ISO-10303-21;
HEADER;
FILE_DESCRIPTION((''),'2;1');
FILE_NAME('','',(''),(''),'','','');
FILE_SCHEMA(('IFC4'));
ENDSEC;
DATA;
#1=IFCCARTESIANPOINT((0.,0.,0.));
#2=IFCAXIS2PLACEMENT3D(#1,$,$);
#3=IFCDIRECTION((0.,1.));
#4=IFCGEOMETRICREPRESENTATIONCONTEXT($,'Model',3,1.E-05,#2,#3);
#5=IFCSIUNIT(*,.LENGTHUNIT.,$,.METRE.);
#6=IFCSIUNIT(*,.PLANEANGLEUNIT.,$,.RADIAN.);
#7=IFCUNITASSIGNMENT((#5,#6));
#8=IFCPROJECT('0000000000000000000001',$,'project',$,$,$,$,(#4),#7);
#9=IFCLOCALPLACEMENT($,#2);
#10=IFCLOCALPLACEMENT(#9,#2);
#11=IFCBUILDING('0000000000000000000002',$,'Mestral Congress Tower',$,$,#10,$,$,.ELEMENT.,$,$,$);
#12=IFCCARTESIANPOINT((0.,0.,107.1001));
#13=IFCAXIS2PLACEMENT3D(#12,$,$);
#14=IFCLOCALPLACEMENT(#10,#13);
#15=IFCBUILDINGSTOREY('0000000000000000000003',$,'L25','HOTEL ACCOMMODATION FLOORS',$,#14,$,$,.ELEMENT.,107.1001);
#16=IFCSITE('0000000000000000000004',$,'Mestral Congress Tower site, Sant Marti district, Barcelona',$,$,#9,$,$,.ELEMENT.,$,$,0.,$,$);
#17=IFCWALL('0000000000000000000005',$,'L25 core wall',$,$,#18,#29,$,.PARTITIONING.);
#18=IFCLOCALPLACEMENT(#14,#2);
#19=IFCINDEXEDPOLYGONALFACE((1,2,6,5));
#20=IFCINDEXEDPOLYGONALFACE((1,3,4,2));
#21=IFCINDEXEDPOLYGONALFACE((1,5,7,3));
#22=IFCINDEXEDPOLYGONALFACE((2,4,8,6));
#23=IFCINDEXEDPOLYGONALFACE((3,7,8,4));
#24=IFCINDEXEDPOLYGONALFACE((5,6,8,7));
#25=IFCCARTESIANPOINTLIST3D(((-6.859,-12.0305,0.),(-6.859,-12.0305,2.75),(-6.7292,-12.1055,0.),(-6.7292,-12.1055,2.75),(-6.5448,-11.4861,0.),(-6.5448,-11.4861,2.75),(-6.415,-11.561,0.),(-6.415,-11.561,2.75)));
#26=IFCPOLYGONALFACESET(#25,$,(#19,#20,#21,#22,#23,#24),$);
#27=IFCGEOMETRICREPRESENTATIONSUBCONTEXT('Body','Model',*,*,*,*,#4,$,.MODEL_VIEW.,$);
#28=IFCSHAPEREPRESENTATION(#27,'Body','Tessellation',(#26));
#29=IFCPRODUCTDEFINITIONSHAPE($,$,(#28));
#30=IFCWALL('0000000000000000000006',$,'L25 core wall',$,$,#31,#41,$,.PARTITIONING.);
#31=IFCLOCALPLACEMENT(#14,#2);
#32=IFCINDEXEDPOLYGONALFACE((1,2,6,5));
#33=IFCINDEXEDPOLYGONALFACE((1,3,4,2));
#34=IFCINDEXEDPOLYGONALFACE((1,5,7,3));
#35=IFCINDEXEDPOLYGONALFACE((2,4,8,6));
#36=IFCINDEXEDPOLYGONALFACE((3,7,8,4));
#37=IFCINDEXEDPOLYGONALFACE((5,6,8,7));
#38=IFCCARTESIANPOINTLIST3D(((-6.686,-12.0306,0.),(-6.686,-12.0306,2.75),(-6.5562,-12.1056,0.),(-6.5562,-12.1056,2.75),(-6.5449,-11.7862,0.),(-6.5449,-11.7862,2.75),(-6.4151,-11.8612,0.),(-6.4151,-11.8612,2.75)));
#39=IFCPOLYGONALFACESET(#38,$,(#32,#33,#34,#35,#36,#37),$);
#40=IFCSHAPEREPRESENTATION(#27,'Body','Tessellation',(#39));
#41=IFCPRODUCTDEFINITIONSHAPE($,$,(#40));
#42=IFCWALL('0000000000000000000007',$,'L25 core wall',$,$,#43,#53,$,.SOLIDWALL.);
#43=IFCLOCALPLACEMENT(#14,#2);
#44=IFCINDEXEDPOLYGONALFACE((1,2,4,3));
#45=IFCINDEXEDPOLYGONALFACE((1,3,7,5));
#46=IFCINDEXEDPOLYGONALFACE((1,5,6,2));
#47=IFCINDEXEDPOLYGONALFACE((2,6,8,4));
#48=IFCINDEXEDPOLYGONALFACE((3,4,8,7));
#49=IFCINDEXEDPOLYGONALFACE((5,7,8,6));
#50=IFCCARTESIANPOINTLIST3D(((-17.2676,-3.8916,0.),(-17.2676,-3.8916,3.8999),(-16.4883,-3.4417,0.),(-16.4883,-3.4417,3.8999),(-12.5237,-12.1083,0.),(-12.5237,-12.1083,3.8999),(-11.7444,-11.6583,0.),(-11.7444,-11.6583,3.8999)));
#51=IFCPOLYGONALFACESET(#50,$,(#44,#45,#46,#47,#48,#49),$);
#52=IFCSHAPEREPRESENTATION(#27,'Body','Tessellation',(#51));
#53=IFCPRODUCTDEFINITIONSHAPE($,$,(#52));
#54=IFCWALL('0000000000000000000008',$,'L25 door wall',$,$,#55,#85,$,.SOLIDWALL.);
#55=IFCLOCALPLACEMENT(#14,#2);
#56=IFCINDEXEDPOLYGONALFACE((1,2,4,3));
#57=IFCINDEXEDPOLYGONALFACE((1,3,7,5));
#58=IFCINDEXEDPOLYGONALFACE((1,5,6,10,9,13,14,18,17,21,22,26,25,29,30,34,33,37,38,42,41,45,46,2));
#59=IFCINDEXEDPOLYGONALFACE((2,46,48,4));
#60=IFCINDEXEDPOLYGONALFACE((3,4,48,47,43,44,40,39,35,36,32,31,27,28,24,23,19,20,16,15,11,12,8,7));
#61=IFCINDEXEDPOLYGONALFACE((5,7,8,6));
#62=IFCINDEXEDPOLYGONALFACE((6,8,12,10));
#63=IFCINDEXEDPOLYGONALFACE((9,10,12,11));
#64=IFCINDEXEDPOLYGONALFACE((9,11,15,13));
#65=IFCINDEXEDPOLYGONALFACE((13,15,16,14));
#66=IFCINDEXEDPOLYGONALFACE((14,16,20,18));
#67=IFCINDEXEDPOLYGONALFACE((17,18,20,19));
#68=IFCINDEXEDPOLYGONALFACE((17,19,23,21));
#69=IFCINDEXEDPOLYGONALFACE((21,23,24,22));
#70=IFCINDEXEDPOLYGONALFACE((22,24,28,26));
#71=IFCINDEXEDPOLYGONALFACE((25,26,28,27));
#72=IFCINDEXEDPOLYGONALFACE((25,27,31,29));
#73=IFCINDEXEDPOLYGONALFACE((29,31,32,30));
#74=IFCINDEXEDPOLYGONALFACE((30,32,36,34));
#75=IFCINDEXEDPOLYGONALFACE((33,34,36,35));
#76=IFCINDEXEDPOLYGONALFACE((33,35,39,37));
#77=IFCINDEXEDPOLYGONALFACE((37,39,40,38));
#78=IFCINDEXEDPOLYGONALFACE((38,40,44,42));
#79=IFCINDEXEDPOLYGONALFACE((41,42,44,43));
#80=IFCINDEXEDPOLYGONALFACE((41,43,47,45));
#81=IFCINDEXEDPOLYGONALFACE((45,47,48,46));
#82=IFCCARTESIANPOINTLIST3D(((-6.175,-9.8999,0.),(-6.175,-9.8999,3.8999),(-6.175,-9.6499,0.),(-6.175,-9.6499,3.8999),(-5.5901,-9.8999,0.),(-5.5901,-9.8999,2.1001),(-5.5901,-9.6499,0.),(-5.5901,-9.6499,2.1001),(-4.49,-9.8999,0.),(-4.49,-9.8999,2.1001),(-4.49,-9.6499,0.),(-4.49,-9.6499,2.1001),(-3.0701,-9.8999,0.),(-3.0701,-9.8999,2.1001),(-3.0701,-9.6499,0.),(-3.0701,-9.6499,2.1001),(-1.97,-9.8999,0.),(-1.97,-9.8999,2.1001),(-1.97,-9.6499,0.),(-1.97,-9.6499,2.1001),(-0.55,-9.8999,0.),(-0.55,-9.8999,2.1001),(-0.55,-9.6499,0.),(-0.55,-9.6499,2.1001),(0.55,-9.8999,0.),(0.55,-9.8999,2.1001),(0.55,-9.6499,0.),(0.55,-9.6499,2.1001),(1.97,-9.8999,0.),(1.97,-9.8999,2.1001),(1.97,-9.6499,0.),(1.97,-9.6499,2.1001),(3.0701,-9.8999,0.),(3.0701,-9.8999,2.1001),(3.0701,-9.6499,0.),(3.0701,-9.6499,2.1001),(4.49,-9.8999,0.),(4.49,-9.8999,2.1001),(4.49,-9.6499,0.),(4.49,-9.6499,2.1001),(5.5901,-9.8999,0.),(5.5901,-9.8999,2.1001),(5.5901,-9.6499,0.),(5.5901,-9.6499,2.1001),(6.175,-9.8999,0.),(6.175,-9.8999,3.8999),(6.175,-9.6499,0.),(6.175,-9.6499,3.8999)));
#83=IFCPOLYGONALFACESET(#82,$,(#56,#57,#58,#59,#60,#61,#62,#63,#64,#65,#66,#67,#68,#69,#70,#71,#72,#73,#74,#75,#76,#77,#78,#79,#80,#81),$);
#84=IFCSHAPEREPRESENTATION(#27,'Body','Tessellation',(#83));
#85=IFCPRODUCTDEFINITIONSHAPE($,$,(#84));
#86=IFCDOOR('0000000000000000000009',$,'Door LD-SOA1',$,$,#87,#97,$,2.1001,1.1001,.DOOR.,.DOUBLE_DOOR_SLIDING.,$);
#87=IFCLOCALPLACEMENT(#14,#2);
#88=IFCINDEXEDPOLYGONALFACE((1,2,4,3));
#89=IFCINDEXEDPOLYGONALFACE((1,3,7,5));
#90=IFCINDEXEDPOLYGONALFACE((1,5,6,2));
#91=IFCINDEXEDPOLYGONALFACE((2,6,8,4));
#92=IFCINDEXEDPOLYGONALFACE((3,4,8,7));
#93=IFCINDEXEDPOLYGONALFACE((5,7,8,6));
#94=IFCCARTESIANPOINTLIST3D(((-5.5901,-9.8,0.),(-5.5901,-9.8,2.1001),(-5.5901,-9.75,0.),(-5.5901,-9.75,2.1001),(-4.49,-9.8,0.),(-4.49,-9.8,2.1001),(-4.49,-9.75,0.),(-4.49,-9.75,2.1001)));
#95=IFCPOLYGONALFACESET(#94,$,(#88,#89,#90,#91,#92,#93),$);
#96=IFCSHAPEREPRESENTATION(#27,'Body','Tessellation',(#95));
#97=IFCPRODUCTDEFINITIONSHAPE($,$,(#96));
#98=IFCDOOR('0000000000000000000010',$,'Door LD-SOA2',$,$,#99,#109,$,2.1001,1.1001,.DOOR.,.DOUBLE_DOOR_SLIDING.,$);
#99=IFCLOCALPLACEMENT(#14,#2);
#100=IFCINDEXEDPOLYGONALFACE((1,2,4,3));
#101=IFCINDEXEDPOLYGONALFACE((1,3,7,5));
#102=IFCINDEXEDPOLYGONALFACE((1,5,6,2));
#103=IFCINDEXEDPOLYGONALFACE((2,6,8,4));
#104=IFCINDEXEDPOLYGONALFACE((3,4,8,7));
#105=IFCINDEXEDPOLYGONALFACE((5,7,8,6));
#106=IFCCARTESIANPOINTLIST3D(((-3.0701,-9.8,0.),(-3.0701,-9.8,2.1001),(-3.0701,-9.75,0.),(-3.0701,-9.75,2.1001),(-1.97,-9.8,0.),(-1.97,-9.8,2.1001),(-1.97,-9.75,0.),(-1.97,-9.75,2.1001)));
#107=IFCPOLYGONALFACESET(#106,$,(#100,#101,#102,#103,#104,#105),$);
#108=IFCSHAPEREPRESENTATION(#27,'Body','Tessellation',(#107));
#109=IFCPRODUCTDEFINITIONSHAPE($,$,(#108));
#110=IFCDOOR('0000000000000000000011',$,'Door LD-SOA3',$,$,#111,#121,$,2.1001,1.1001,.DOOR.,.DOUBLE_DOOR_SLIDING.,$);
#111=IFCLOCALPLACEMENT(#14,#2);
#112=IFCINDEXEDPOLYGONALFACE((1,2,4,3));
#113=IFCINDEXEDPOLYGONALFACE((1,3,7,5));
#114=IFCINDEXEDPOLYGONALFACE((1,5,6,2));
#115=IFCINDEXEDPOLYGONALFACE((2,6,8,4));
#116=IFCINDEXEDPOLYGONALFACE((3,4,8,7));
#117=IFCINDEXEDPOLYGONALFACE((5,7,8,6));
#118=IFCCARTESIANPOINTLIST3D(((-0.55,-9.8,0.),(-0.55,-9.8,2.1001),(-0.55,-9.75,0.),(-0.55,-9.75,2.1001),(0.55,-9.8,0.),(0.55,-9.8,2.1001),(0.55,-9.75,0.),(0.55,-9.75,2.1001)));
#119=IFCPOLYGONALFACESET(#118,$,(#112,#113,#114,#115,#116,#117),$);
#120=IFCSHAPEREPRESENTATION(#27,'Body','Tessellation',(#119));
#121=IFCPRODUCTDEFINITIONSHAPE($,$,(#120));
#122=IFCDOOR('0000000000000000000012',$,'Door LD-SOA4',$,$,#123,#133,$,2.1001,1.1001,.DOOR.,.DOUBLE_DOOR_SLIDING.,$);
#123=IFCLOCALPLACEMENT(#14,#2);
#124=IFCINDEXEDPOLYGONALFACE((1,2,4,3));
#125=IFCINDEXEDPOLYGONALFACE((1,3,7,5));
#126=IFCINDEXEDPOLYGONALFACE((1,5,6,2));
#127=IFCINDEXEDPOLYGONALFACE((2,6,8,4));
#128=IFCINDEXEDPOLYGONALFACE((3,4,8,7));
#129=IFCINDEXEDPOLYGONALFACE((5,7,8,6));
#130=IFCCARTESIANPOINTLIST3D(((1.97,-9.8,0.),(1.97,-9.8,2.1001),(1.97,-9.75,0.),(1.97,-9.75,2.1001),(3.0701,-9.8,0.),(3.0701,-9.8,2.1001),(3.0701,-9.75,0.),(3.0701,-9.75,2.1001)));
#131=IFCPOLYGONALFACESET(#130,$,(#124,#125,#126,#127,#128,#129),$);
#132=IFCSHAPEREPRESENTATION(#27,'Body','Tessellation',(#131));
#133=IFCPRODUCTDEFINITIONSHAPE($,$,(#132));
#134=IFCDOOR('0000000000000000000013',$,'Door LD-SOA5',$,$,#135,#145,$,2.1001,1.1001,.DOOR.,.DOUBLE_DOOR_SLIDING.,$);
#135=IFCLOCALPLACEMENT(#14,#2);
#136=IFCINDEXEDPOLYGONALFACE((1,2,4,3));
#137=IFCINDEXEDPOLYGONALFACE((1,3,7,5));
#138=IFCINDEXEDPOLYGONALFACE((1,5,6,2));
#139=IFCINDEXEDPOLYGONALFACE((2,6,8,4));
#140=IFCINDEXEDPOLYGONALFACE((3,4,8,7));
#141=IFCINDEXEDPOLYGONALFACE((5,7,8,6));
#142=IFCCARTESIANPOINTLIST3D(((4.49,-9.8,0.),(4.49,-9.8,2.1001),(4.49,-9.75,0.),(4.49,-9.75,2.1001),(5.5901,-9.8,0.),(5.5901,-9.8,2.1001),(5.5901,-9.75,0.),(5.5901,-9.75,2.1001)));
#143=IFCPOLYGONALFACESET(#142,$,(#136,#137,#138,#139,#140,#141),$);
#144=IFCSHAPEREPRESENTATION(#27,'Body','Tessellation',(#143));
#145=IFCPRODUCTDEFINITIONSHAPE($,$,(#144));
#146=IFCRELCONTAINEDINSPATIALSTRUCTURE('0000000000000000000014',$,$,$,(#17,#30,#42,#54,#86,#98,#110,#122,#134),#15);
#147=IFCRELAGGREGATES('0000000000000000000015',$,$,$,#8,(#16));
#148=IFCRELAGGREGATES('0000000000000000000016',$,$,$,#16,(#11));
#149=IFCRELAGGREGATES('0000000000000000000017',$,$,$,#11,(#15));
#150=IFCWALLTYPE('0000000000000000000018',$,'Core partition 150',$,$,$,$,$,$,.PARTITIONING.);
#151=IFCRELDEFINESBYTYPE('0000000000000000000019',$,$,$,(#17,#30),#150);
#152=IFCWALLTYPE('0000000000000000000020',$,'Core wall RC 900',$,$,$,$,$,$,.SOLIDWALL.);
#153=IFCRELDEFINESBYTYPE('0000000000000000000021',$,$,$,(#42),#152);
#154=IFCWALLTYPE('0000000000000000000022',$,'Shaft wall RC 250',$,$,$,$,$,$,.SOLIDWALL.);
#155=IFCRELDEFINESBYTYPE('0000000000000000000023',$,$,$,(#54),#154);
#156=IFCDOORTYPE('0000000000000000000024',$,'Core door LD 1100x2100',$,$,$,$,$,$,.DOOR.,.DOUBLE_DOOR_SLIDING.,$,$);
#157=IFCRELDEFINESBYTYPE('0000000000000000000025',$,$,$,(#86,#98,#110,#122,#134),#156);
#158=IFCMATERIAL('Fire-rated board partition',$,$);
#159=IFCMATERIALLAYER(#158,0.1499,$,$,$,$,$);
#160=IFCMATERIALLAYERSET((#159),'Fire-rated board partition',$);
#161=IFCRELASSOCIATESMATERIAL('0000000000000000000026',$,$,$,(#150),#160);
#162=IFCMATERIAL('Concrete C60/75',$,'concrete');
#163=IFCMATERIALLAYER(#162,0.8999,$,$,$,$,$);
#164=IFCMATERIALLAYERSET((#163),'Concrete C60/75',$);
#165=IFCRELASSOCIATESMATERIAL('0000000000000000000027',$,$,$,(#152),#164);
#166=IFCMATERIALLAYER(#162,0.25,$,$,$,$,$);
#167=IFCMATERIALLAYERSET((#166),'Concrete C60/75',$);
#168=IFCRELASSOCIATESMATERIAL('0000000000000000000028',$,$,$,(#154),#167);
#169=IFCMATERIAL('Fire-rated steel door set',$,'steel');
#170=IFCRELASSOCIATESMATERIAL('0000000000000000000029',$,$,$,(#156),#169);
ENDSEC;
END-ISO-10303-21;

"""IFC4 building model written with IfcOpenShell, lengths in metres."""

from ifc_helpers import new_model, si_unit, direction, frame, frame_2d, origin, place, context, subcontext, project, spatial, rectangle, extrude, material, layer, layer_set, type_object, element, fill, save


model = new_model("IFC4")

# Units and contexts
model_context = context("Model", 3, precision=1e-05, world=origin(), true_north=direction((0.0, 1.0)))
body_context = subcontext(model_context, "Body", "Model", "MODEL_VIEW")
ifc_project = project(units=[si_unit("LENGTHUNIT", "METRE"), si_unit("PLANEANGLEUNIT", "RADIAN")], contexts=[model_context])

# Site, building, storey
site_placement = place(None, origin())
site = spatial("IfcSite", under=ifc_project, at=site_placement, Name="Mestral Congress Tower site, Sant Marti district, Barcelona", CompositionType="ELEMENT", RefElevation=0.0)
building_placement = place(site_placement, origin())
building = spatial("IfcBuilding", under=site, at=building_placement, Name="Mestral Congress Tower", CompositionType="ELEMENT")
storey_placement = place(building_placement, frame((0.0, 0.0, 107.1001)))
storey = spatial("IfcBuildingStorey", under=building, at=storey_placement, Name="L25", Description="HOTEL ACCOMMODATION FLOORS", CompositionType="ELEMENT", Elevation=107.1001)

# Walls
ifc_material_1 = material(Name="Fire-rated board partition")
ifc_layer_1 = layer(ifc_material_1, 0.1499)
ifc_layer_set_1 = layer_set([ifc_layer_1], Name="Fire-rated board partition")
wall_type_1 = type_object("IfcWallType", Name="Core partition 150", PredefinedType="PARTITIONING", material=ifc_layer_set_1)
wall_1_placement = place(storey_placement, frame((-6.7942, -12.0681, 0.0), z_axis=(0.0, 0.0, 1.0), x_axis=(0.499857, 0.866108, 0.0)))
element("IfcWall", 1, at=wall_1_placement, inside=storey, type_object=wall_type_1, Name="L25 core wall", PredefinedType="PARTITIONING", context=body_context, shape_type="SweptSolid", body=[
    extrude(rectangle(XDim=0.6287, YDim=0.1499, at=frame_2d((0.3145, 0.0))), origin(), (0.0, 0.0, 1.0), 2.75),
])
wall_2_placement = place(storey_placement, frame((-6.6211, -12.0681, 0.0), z_axis=(0.0, 0.0, 1.0), x_axis=(0.500047, 0.865998, 0.0)))
element("IfcWall", 2, at=wall_2_placement, inside=storey, type_object=wall_type_1, Name="L25 core wall", PredefinedType="PARTITIONING", context=body_context, shape_type="SweptSolid", body=[
    extrude(rectangle(XDim=0.2822, YDim=0.1499, at=frame_2d((0.1411, 0.0))), origin(), (0.0, 0.0, 1.0), 2.75),
])
ifc_material_2 = material(Name="Concrete C60/75", Category="concrete")
ifc_layer_2 = layer(ifc_material_2, 0.8999)
ifc_layer_set_2 = layer_set([ifc_layer_2], Name="Concrete C60/75")
wall_type_2 = type_object("IfcWallType", Name="Core wall RC 900", PredefinedType="SOLIDWALL", material=ifc_layer_set_2)
wall_3_placement = place(storey_placement, frame((-12.134, -11.8833, 0.0), z_axis=(0.0, 0.0, 1.0), x_axis=(-0.500005, 0.866022, 0.0)))
element("IfcWall", 3, at=wall_3_placement, inside=storey, type_object=wall_type_2, Name="L25 core wall", PredefinedType="SOLIDWALL", context=body_context, shape_type="SweptSolid", body=[
    extrude(rectangle(XDim=9.4878, YDim=0.8999, at=frame_2d((4.7439, 0.0))), origin(), (0.0, 0.0, 1.0), 3.8999),
])

# Wall, openings, doors
ifc_layer_3 = layer(ifc_material_2, 0.25)
ifc_layer_set_3 = layer_set([ifc_layer_3], Name="Concrete C60/75")
wall_type_3 = type_object("IfcWallType", Name="Shaft wall RC 250", PredefinedType="SOLIDWALL", material=ifc_layer_set_3)
wall_4_placement = place(storey_placement, frame((-6.175, -9.7749, 0.0), z_axis=(0.0, 0.0, 1.0), x_axis=(1.0, 0.0, 0.0)))
wall_4 = element("IfcWall", 4, at=wall_4_placement, inside=storey, type_object=wall_type_3, Name="L25 door wall", PredefinedType="SOLIDWALL", context=body_context, shape_type="SweptSolid", body=[
    extrude(rectangle(XDim=12.3501, YDim=0.25, at=frame_2d((6.175, 0.0))), origin(), (0.0, 0.0, 1.0), 3.8999),
])
opening_1_placement = place(wall_4_placement, frame((0.585, 0.0, 0.0)))
opening_1 = element("IfcOpeningElement", 5, at=opening_1_placement, cuts=wall_4, PredefinedType="OPENING", context=body_context, shape_type="SweptSolid", body=[
    extrude(rectangle(XDim=1.1001, YDim=2.1001, at=frame_2d((0.55, 1.05))), frame((0.0, 0.135, 0.0), z_axis=(0.0, -1.0, 0.0), x_axis=(1.0, 0.0, 0.0)), (0.0, 0.0, 1.0), 0.27),
])
opening_2_placement = place(wall_4_placement, frame((3.105, 0.0, 0.0)))
opening_2 = element("IfcOpeningElement", 6, at=opening_2_placement, cuts=wall_4, PredefinedType="OPENING", context=body_context, shape_type="SweptSolid", body=[
    extrude(rectangle(XDim=1.1001, YDim=2.1001, at=frame_2d((0.55, 1.05))), frame((0.0, 0.135, 0.0), z_axis=(0.0, -1.0, 0.0), x_axis=(1.0, 0.0, 0.0)), (0.0, 0.0, 1.0), 0.27),
])
opening_3_placement = place(wall_4_placement, frame((5.625, 0.0, 0.0)))
opening_3 = element("IfcOpeningElement", 7, at=opening_3_placement, cuts=wall_4, PredefinedType="OPENING", context=body_context, shape_type="SweptSolid", body=[
    extrude(rectangle(XDim=1.1001, YDim=2.1001, at=frame_2d((0.55, 1.05))), frame((0.0, 0.135, 0.0), z_axis=(0.0, -1.0, 0.0), x_axis=(1.0, 0.0, 0.0)), (0.0, 0.0, 1.0), 0.27),
])
opening_4_placement = place(wall_4_placement, frame((8.145, 0.0, 0.0)))
opening_4 = element("IfcOpeningElement", 8, at=opening_4_placement, cuts=wall_4, PredefinedType="OPENING", context=body_context, shape_type="SweptSolid", body=[
    extrude(rectangle(XDim=1.1001, YDim=2.1001, at=frame_2d((0.55, 1.05))), frame((0.0, 0.135, 0.0), z_axis=(0.0, -1.0, 0.0), x_axis=(1.0, 0.0, 0.0)), (0.0, 0.0, 1.0), 0.27),
])
opening_5_placement = place(wall_4_placement, frame((10.665, 0.0, 0.0)))
opening_5 = element("IfcOpeningElement", 9, at=opening_5_placement, cuts=wall_4, PredefinedType="OPENING", context=body_context, shape_type="SweptSolid", body=[
    extrude(rectangle(XDim=1.1001, YDim=2.1001, at=frame_2d((0.55, 1.05))), frame((0.0, 0.135, 0.0), z_axis=(0.0, -1.0, 0.0), x_axis=(1.0, 0.0, 0.0)), (0.0, 0.0, 1.0), 0.27),
])
ifc_material_3 = material(Name="Fire-rated steel door set", Category="steel")
door_type_1 = type_object("IfcDoorType", Name="Core door LD 1100x2100", OperationType="DOUBLE_DOOR_SLIDING", PredefinedType="DOOR", material=ifc_material_3)
door_1_placement = place(opening_1_placement, origin())
door_1 = element("IfcDoor", 10, at=door_1_placement, inside=storey, type_object=door_type_1, Name="Door LD-SOA1", OperationType="DOUBLE_DOOR_SLIDING", OverallHeight=2.1001, OverallWidth=1.1001, PredefinedType="DOOR", context=body_context, shape_type="SweptSolid", body=[
    extrude(rectangle(XDim=1.1001, YDim=2.1001, at=frame_2d((0.55, 1.05))), frame((0.0, 0.0249, 0.0), z_axis=(0.0, -1.0, 0.0), x_axis=(1.0, 0.0, 0.0)), (0.0, 0.0, 1.0), 0.05),
])
fill(opening_1, door_1)
door_2_placement = place(opening_2_placement, origin())
door_2 = element("IfcDoor", 11, at=door_2_placement, inside=storey, type_object=door_type_1, Name="Door LD-SOA2", OperationType="DOUBLE_DOOR_SLIDING", OverallHeight=2.1001, OverallWidth=1.1001, PredefinedType="DOOR", context=body_context, shape_type="SweptSolid", body=[
    extrude(rectangle(XDim=1.1001, YDim=2.1001, at=frame_2d((0.55, 1.05))), frame((0.0, 0.0249, 0.0), z_axis=(0.0, -1.0, 0.0), x_axis=(1.0, 0.0, 0.0)), (0.0, 0.0, 1.0), 0.05),
])
fill(opening_2, door_2)
door_3_placement = place(opening_3_placement, origin())
door_3 = element("IfcDoor", 12, at=door_3_placement, inside=storey, type_object=door_type_1, Name="Door LD-SOA3", OperationType="DOUBLE_DOOR_SLIDING", OverallHeight=2.1001, OverallWidth=1.1001, PredefinedType="DOOR", context=body_context, shape_type="SweptSolid", body=[
    extrude(rectangle(XDim=1.1001, YDim=2.1001, at=frame_2d((0.55, 1.05))), frame((0.0, 0.0249, 0.0), z_axis=(0.0, -1.0, 0.0), x_axis=(1.0, 0.0, 0.0)), (0.0, 0.0, 1.0), 0.05),
])
fill(opening_3, door_3)
door_4_placement = place(opening_4_placement, origin())
door_4 = element("IfcDoor", 13, at=door_4_placement, inside=storey, type_object=door_type_1, Name="Door LD-SOA4", OperationType="DOUBLE_DOOR_SLIDING", OverallHeight=2.1001, OverallWidth=1.1001, PredefinedType="DOOR", context=body_context, shape_type="SweptSolid", body=[
    extrude(rectangle(XDim=1.1001, YDim=2.1001, at=frame_2d((0.55, 1.05))), frame((0.0, 0.0249, 0.0), z_axis=(0.0, -1.0, 0.0), x_axis=(1.0, 0.0, 0.0)), (0.0, 0.0, 1.0), 0.05),
])
fill(opening_4, door_4)
door_5_placement = place(opening_5_placement, origin())
door_5 = element("IfcDoor", 14, at=door_5_placement, inside=storey, type_object=door_type_1, Name="Door LD-SOA5", OperationType="DOUBLE_DOOR_SLIDING", OverallHeight=2.1001, OverallWidth=1.1001, PredefinedType="DOOR", context=body_context, shape_type="SweptSolid", body=[
    extrude(rectangle(XDim=1.1001, YDim=2.1001, at=frame_2d((0.55, 1.05))), frame((0.0, 0.0249, 0.0), z_axis=(0.0, -1.0, 0.0), x_axis=(1.0, 0.0, 0.0)), (0.0, 0.0, 1.0), 0.05),
])
fill(opening_5, door_5)

save(model, "model.ifc")
